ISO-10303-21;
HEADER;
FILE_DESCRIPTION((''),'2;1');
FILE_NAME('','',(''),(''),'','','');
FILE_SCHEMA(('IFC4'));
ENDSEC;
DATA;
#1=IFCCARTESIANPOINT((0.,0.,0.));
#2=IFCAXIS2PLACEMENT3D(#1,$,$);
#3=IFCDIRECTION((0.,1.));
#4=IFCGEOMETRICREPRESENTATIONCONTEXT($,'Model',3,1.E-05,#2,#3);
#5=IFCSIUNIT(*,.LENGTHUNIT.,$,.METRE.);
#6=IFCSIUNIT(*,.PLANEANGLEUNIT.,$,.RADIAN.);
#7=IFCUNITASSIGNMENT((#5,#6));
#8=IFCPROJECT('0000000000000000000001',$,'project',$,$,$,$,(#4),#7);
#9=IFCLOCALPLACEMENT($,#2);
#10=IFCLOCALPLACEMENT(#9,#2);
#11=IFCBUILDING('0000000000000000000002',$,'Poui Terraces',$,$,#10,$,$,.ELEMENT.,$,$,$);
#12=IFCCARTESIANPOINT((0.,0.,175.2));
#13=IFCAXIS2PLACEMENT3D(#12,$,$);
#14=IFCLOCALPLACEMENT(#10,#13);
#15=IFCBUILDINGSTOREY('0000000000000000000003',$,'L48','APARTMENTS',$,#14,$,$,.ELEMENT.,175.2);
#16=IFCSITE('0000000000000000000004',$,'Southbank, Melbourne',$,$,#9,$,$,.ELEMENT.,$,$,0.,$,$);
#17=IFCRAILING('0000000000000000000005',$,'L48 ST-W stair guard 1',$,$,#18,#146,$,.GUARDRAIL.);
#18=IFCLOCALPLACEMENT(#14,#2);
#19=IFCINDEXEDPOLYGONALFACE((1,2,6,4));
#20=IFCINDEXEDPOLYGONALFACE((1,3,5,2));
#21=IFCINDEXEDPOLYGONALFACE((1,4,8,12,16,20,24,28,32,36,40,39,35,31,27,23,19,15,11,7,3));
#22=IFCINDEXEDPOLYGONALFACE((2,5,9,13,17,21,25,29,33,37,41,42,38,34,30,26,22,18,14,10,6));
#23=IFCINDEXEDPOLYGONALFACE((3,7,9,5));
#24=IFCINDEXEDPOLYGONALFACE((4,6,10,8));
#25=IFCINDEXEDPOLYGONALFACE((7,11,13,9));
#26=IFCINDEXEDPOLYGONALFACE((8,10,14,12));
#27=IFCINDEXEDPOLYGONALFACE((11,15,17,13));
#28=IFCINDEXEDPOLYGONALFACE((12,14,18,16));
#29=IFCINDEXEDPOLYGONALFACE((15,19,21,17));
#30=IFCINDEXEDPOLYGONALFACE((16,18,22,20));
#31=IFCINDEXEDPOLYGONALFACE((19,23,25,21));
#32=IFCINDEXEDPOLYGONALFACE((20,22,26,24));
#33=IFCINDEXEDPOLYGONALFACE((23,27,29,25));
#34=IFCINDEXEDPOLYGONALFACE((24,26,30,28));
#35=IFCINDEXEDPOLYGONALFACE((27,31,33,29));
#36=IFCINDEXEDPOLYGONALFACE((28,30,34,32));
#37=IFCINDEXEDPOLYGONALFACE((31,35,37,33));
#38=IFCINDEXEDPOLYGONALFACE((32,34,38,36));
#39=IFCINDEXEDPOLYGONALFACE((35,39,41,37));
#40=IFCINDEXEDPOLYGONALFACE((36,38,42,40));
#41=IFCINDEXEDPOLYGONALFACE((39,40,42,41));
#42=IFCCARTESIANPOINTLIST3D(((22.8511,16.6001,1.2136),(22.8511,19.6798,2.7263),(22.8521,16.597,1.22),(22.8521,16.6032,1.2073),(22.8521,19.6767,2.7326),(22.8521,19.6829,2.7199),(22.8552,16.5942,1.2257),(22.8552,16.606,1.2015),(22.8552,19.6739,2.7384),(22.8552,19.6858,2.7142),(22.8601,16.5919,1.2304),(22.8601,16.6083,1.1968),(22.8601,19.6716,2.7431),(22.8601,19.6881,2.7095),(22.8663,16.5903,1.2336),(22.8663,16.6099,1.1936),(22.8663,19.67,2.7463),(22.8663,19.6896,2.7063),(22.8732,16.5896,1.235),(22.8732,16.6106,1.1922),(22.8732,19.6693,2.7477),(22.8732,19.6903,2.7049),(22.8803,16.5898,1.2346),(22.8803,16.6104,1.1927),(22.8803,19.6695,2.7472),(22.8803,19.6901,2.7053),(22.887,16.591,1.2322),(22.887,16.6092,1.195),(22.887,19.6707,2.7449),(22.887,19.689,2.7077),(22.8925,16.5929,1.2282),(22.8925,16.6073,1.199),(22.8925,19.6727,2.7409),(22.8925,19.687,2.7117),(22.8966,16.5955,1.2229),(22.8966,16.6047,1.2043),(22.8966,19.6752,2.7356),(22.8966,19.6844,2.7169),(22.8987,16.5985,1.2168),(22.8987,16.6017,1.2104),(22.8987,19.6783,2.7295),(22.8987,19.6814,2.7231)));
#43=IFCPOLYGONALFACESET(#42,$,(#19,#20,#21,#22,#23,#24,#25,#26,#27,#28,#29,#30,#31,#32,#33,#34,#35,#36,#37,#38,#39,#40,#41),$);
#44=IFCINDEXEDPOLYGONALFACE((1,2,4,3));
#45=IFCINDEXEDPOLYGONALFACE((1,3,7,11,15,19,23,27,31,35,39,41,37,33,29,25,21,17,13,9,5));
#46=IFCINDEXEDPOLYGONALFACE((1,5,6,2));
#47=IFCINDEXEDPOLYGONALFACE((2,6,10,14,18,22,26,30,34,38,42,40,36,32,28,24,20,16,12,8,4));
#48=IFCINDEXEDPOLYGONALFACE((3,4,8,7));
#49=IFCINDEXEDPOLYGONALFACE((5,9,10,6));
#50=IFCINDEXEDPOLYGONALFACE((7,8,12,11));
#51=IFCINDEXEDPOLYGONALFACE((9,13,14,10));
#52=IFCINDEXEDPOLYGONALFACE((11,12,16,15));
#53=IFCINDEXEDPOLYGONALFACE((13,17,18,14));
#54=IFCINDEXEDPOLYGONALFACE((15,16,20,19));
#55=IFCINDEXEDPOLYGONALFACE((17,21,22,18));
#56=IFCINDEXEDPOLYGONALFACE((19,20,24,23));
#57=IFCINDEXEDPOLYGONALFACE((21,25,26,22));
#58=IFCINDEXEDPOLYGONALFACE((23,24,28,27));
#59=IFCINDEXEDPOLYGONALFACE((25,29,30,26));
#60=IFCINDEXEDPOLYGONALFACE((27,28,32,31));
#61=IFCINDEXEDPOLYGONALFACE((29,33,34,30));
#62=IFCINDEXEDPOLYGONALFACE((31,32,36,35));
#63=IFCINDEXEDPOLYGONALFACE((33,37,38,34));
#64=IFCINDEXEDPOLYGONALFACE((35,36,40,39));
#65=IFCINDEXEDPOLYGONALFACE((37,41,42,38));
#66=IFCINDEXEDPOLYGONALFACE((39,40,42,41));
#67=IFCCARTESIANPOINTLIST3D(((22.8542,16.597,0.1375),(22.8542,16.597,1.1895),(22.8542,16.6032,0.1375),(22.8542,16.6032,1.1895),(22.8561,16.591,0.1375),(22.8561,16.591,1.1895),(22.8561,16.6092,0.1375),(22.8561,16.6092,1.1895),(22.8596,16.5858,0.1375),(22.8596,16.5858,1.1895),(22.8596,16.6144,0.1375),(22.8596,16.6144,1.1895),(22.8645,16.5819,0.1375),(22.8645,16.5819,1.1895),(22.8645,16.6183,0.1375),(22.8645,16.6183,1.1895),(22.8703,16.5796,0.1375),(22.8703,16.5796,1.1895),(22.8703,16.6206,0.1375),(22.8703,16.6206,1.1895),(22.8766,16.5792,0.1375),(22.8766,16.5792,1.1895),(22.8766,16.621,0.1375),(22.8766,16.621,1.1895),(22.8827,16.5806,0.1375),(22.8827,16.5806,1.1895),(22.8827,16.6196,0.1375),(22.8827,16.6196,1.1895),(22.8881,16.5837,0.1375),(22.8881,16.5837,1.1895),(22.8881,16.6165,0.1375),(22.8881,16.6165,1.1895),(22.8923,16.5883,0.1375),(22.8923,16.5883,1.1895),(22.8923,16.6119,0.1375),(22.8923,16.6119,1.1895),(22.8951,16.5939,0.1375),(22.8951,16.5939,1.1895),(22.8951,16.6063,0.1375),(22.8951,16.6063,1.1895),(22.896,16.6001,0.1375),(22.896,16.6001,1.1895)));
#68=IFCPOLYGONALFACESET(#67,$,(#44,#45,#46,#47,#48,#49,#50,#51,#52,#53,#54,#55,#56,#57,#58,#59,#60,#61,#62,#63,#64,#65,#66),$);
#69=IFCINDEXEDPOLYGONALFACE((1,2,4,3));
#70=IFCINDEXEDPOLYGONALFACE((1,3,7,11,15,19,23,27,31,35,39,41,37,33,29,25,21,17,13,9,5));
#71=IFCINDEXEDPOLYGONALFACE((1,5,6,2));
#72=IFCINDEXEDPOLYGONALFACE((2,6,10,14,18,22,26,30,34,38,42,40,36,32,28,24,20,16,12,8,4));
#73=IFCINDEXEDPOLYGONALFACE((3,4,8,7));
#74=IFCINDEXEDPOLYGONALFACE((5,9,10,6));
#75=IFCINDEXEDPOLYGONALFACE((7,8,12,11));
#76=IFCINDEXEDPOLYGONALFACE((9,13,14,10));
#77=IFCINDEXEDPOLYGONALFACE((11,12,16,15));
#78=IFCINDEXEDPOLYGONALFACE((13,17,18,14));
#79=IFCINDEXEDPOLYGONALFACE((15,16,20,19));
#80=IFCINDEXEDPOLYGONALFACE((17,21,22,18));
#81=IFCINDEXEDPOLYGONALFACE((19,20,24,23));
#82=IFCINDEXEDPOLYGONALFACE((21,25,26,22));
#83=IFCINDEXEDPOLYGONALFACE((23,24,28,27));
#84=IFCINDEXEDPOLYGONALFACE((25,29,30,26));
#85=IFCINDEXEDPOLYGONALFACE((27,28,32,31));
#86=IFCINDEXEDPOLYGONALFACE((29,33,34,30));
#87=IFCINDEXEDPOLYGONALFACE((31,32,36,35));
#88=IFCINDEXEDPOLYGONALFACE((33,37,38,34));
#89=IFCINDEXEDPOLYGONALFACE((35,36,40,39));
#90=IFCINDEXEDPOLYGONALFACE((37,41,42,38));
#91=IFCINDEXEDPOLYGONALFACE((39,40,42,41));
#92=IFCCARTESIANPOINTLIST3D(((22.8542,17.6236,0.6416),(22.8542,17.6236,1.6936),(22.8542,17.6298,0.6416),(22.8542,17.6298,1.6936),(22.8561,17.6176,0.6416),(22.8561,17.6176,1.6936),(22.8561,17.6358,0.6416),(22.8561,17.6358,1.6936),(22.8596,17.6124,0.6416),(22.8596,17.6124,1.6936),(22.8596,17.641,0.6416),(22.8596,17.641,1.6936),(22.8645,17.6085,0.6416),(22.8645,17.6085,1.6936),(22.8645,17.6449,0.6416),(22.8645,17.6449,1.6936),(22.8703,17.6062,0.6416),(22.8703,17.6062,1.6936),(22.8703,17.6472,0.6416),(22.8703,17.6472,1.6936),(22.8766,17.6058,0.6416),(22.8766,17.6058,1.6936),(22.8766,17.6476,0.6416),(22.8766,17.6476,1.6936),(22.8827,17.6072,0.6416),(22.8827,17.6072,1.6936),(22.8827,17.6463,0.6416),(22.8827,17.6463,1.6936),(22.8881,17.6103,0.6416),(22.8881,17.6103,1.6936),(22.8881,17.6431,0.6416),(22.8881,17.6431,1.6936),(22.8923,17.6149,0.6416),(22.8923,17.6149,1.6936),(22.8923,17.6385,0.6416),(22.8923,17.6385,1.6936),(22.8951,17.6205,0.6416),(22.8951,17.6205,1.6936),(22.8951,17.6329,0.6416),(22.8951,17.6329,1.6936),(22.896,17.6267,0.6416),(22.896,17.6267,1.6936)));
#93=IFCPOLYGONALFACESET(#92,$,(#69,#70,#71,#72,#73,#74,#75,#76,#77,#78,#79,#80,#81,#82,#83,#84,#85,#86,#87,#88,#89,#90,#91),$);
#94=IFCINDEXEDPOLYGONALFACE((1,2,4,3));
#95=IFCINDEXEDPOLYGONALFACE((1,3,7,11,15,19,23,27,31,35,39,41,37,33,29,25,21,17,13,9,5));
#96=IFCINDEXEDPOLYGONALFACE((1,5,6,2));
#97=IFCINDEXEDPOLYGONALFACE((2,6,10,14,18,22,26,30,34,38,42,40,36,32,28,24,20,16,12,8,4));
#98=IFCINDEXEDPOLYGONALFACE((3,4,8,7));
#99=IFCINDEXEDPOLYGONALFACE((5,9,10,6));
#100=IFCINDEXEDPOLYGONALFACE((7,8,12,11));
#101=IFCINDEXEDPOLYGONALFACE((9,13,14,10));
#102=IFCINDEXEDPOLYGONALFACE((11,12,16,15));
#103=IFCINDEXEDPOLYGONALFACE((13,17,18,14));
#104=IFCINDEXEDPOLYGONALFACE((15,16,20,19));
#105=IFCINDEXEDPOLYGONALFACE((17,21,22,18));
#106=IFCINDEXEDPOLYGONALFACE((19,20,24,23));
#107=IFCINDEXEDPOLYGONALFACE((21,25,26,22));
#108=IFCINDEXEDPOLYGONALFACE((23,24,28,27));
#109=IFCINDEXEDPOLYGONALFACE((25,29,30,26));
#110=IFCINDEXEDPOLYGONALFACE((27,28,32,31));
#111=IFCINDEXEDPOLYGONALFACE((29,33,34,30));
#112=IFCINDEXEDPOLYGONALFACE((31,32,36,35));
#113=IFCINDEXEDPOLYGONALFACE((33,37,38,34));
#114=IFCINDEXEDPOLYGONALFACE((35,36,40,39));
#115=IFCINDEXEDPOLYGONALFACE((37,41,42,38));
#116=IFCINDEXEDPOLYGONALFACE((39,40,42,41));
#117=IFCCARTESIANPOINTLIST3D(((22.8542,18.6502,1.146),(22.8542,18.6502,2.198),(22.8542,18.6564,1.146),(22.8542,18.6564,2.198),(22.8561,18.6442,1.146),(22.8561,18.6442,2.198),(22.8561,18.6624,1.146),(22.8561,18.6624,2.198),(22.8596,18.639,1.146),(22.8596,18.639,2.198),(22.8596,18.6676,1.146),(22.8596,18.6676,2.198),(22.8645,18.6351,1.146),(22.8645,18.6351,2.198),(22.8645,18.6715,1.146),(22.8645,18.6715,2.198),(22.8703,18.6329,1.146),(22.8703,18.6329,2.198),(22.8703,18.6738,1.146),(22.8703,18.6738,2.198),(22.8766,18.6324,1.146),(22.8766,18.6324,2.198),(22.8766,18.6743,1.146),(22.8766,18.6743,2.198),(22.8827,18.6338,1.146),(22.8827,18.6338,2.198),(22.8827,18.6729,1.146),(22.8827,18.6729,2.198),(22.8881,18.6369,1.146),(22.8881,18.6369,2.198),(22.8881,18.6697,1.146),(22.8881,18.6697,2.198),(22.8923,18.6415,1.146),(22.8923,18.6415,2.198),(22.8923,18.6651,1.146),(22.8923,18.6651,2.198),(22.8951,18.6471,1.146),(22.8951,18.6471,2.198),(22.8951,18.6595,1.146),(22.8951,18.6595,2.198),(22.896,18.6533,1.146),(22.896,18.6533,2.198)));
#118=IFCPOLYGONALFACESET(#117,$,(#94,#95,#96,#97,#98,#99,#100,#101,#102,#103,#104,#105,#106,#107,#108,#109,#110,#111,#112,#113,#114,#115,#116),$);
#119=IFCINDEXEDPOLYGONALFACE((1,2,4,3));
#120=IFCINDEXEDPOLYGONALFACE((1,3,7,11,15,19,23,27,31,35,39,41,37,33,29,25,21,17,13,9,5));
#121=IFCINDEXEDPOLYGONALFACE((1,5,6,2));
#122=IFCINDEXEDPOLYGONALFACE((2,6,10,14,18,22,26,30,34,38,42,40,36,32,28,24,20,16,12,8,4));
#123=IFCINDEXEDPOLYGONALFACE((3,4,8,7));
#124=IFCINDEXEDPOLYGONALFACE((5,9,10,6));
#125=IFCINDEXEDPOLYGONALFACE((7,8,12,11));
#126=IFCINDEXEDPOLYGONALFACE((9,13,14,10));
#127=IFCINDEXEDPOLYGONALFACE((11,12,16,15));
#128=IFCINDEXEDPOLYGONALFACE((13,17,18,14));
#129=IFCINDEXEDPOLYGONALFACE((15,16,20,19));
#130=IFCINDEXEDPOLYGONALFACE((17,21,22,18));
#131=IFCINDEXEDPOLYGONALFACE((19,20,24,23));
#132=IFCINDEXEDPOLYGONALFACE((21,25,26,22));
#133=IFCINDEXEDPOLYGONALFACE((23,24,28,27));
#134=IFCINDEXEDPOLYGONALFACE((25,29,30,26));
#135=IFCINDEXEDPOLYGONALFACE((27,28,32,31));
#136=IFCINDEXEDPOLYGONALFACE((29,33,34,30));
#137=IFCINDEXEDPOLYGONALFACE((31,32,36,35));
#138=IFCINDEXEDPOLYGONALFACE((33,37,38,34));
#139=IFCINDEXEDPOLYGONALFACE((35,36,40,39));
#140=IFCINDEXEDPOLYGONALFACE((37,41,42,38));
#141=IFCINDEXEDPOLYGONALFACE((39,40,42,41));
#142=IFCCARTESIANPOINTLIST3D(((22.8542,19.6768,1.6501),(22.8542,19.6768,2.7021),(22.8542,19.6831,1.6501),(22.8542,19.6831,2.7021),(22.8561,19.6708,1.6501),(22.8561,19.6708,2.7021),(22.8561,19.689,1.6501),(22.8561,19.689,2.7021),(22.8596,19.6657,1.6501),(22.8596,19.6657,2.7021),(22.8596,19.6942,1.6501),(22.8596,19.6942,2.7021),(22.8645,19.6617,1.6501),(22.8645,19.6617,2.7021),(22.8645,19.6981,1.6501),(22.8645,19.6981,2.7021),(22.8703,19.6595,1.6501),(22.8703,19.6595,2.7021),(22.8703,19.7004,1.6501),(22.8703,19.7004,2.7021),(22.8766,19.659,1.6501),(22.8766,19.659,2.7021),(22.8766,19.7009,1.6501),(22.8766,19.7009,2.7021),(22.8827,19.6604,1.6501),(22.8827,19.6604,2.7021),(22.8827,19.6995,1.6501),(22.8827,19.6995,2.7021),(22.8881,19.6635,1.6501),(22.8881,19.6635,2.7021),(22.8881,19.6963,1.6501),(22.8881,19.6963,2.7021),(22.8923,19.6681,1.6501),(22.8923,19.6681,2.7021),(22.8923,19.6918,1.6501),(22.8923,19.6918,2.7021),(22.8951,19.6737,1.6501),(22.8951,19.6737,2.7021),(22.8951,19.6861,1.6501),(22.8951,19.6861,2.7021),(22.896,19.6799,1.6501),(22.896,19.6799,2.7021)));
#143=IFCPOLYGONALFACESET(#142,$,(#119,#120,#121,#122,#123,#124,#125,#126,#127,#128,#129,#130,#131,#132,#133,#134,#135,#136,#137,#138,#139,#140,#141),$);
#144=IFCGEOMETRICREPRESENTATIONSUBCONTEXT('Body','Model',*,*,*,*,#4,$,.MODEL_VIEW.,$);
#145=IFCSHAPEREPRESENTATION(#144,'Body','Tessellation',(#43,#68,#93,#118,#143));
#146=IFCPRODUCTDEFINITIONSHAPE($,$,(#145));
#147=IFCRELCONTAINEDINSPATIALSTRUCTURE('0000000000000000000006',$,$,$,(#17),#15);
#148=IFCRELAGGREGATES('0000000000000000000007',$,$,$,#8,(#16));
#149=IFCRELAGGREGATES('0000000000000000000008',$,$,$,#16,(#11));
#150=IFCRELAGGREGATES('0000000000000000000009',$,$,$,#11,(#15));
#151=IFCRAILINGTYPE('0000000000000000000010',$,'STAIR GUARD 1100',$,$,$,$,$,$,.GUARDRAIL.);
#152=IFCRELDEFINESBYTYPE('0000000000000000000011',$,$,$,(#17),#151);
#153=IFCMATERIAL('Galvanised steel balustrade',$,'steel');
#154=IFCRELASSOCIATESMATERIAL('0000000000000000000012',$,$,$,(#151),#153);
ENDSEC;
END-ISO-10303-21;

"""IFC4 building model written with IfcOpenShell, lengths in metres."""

from ifc_helpers import new_model, si_unit, direction, frame, origin, origin_2d, place, context, subcontext, project, spatial, circle, extrude, material, type_object, element, save


model = new_model("IFC4")

# Units and contexts
model_context = context("Model", 3, precision=1e-05, world=origin(), true_north=direction((0.0, 1.0)))
body_context = subcontext(model_context, "Body", "Model", "MODEL_VIEW")
ifc_project = project(units=[si_unit("LENGTHUNIT", "METRE"), si_unit("PLANEANGLEUNIT", "RADIAN")], contexts=[model_context])

# Site, building, storey
site_placement = place(None, origin())
site = spatial("IfcSite", under=ifc_project, at=site_placement, Name="Southbank, Melbourne", CompositionType="ELEMENT", RefElevation=0.0)
building_placement = place(site_placement, origin())
building = spatial("IfcBuilding", under=site, at=building_placement, Name="Poui Terraces", CompositionType="ELEMENT")
storey_placement = place(building_placement, frame((0.0, 0.0, 175.2)))
storey = spatial("IfcBuildingStorey", under=building, at=storey_placement, Name="L48", Description="APARTMENTS", CompositionType="ELEMENT", Elevation=175.2)

# Railing
ifc_material_1 = material(Name="Galvanised steel balustrade", Category="steel")
railing_type_1 = type_object("IfcRailingType", Name="STAIR GUARD 1100", PredefinedType="GUARDRAIL", material=ifc_material_1)
railing_1_placement = place(storey_placement, frame((22.875, 16.6001, 0.1375)))
element("IfcRailing", 1, at=railing_1_placement, inside=storey, type_object=railing_type_1, Name="L48 ST-W stair guard 1", PredefinedType="GUARDRAIL", context=body_context, shape_type="SweptSolid", body=[
    extrude(circle(Radius=0.0239, at=origin_2d()), frame((0.0, 0.0, 1.0762), z_axis=(0.0, 0.897578, 0.440856), x_axis=(-1.0, 0.0, 0.0)), (0.0, 0.0, 1.0), 3.4312),
    extrude(circle(Radius=0.021, at=origin_2d()), origin(), (0.0, 0.0, 1.0), 1.052),
    extrude(circle(Radius=0.021, at=origin_2d()), frame((0.0, 1.0266, 0.5042)), (0.0, 0.0, 1.0), 1.052),
    extrude(circle(Radius=0.021, at=origin_2d()), frame((0.0, 2.0532, 1.0085)), (0.0, 0.0, 1.0), 1.052),
    extrude(circle(Radius=0.021, at=origin_2d()), frame((0.0, 3.0798, 1.5127)), (0.0, 0.0, 1.0), 1.052),
])

save(model, "model.ifc")
